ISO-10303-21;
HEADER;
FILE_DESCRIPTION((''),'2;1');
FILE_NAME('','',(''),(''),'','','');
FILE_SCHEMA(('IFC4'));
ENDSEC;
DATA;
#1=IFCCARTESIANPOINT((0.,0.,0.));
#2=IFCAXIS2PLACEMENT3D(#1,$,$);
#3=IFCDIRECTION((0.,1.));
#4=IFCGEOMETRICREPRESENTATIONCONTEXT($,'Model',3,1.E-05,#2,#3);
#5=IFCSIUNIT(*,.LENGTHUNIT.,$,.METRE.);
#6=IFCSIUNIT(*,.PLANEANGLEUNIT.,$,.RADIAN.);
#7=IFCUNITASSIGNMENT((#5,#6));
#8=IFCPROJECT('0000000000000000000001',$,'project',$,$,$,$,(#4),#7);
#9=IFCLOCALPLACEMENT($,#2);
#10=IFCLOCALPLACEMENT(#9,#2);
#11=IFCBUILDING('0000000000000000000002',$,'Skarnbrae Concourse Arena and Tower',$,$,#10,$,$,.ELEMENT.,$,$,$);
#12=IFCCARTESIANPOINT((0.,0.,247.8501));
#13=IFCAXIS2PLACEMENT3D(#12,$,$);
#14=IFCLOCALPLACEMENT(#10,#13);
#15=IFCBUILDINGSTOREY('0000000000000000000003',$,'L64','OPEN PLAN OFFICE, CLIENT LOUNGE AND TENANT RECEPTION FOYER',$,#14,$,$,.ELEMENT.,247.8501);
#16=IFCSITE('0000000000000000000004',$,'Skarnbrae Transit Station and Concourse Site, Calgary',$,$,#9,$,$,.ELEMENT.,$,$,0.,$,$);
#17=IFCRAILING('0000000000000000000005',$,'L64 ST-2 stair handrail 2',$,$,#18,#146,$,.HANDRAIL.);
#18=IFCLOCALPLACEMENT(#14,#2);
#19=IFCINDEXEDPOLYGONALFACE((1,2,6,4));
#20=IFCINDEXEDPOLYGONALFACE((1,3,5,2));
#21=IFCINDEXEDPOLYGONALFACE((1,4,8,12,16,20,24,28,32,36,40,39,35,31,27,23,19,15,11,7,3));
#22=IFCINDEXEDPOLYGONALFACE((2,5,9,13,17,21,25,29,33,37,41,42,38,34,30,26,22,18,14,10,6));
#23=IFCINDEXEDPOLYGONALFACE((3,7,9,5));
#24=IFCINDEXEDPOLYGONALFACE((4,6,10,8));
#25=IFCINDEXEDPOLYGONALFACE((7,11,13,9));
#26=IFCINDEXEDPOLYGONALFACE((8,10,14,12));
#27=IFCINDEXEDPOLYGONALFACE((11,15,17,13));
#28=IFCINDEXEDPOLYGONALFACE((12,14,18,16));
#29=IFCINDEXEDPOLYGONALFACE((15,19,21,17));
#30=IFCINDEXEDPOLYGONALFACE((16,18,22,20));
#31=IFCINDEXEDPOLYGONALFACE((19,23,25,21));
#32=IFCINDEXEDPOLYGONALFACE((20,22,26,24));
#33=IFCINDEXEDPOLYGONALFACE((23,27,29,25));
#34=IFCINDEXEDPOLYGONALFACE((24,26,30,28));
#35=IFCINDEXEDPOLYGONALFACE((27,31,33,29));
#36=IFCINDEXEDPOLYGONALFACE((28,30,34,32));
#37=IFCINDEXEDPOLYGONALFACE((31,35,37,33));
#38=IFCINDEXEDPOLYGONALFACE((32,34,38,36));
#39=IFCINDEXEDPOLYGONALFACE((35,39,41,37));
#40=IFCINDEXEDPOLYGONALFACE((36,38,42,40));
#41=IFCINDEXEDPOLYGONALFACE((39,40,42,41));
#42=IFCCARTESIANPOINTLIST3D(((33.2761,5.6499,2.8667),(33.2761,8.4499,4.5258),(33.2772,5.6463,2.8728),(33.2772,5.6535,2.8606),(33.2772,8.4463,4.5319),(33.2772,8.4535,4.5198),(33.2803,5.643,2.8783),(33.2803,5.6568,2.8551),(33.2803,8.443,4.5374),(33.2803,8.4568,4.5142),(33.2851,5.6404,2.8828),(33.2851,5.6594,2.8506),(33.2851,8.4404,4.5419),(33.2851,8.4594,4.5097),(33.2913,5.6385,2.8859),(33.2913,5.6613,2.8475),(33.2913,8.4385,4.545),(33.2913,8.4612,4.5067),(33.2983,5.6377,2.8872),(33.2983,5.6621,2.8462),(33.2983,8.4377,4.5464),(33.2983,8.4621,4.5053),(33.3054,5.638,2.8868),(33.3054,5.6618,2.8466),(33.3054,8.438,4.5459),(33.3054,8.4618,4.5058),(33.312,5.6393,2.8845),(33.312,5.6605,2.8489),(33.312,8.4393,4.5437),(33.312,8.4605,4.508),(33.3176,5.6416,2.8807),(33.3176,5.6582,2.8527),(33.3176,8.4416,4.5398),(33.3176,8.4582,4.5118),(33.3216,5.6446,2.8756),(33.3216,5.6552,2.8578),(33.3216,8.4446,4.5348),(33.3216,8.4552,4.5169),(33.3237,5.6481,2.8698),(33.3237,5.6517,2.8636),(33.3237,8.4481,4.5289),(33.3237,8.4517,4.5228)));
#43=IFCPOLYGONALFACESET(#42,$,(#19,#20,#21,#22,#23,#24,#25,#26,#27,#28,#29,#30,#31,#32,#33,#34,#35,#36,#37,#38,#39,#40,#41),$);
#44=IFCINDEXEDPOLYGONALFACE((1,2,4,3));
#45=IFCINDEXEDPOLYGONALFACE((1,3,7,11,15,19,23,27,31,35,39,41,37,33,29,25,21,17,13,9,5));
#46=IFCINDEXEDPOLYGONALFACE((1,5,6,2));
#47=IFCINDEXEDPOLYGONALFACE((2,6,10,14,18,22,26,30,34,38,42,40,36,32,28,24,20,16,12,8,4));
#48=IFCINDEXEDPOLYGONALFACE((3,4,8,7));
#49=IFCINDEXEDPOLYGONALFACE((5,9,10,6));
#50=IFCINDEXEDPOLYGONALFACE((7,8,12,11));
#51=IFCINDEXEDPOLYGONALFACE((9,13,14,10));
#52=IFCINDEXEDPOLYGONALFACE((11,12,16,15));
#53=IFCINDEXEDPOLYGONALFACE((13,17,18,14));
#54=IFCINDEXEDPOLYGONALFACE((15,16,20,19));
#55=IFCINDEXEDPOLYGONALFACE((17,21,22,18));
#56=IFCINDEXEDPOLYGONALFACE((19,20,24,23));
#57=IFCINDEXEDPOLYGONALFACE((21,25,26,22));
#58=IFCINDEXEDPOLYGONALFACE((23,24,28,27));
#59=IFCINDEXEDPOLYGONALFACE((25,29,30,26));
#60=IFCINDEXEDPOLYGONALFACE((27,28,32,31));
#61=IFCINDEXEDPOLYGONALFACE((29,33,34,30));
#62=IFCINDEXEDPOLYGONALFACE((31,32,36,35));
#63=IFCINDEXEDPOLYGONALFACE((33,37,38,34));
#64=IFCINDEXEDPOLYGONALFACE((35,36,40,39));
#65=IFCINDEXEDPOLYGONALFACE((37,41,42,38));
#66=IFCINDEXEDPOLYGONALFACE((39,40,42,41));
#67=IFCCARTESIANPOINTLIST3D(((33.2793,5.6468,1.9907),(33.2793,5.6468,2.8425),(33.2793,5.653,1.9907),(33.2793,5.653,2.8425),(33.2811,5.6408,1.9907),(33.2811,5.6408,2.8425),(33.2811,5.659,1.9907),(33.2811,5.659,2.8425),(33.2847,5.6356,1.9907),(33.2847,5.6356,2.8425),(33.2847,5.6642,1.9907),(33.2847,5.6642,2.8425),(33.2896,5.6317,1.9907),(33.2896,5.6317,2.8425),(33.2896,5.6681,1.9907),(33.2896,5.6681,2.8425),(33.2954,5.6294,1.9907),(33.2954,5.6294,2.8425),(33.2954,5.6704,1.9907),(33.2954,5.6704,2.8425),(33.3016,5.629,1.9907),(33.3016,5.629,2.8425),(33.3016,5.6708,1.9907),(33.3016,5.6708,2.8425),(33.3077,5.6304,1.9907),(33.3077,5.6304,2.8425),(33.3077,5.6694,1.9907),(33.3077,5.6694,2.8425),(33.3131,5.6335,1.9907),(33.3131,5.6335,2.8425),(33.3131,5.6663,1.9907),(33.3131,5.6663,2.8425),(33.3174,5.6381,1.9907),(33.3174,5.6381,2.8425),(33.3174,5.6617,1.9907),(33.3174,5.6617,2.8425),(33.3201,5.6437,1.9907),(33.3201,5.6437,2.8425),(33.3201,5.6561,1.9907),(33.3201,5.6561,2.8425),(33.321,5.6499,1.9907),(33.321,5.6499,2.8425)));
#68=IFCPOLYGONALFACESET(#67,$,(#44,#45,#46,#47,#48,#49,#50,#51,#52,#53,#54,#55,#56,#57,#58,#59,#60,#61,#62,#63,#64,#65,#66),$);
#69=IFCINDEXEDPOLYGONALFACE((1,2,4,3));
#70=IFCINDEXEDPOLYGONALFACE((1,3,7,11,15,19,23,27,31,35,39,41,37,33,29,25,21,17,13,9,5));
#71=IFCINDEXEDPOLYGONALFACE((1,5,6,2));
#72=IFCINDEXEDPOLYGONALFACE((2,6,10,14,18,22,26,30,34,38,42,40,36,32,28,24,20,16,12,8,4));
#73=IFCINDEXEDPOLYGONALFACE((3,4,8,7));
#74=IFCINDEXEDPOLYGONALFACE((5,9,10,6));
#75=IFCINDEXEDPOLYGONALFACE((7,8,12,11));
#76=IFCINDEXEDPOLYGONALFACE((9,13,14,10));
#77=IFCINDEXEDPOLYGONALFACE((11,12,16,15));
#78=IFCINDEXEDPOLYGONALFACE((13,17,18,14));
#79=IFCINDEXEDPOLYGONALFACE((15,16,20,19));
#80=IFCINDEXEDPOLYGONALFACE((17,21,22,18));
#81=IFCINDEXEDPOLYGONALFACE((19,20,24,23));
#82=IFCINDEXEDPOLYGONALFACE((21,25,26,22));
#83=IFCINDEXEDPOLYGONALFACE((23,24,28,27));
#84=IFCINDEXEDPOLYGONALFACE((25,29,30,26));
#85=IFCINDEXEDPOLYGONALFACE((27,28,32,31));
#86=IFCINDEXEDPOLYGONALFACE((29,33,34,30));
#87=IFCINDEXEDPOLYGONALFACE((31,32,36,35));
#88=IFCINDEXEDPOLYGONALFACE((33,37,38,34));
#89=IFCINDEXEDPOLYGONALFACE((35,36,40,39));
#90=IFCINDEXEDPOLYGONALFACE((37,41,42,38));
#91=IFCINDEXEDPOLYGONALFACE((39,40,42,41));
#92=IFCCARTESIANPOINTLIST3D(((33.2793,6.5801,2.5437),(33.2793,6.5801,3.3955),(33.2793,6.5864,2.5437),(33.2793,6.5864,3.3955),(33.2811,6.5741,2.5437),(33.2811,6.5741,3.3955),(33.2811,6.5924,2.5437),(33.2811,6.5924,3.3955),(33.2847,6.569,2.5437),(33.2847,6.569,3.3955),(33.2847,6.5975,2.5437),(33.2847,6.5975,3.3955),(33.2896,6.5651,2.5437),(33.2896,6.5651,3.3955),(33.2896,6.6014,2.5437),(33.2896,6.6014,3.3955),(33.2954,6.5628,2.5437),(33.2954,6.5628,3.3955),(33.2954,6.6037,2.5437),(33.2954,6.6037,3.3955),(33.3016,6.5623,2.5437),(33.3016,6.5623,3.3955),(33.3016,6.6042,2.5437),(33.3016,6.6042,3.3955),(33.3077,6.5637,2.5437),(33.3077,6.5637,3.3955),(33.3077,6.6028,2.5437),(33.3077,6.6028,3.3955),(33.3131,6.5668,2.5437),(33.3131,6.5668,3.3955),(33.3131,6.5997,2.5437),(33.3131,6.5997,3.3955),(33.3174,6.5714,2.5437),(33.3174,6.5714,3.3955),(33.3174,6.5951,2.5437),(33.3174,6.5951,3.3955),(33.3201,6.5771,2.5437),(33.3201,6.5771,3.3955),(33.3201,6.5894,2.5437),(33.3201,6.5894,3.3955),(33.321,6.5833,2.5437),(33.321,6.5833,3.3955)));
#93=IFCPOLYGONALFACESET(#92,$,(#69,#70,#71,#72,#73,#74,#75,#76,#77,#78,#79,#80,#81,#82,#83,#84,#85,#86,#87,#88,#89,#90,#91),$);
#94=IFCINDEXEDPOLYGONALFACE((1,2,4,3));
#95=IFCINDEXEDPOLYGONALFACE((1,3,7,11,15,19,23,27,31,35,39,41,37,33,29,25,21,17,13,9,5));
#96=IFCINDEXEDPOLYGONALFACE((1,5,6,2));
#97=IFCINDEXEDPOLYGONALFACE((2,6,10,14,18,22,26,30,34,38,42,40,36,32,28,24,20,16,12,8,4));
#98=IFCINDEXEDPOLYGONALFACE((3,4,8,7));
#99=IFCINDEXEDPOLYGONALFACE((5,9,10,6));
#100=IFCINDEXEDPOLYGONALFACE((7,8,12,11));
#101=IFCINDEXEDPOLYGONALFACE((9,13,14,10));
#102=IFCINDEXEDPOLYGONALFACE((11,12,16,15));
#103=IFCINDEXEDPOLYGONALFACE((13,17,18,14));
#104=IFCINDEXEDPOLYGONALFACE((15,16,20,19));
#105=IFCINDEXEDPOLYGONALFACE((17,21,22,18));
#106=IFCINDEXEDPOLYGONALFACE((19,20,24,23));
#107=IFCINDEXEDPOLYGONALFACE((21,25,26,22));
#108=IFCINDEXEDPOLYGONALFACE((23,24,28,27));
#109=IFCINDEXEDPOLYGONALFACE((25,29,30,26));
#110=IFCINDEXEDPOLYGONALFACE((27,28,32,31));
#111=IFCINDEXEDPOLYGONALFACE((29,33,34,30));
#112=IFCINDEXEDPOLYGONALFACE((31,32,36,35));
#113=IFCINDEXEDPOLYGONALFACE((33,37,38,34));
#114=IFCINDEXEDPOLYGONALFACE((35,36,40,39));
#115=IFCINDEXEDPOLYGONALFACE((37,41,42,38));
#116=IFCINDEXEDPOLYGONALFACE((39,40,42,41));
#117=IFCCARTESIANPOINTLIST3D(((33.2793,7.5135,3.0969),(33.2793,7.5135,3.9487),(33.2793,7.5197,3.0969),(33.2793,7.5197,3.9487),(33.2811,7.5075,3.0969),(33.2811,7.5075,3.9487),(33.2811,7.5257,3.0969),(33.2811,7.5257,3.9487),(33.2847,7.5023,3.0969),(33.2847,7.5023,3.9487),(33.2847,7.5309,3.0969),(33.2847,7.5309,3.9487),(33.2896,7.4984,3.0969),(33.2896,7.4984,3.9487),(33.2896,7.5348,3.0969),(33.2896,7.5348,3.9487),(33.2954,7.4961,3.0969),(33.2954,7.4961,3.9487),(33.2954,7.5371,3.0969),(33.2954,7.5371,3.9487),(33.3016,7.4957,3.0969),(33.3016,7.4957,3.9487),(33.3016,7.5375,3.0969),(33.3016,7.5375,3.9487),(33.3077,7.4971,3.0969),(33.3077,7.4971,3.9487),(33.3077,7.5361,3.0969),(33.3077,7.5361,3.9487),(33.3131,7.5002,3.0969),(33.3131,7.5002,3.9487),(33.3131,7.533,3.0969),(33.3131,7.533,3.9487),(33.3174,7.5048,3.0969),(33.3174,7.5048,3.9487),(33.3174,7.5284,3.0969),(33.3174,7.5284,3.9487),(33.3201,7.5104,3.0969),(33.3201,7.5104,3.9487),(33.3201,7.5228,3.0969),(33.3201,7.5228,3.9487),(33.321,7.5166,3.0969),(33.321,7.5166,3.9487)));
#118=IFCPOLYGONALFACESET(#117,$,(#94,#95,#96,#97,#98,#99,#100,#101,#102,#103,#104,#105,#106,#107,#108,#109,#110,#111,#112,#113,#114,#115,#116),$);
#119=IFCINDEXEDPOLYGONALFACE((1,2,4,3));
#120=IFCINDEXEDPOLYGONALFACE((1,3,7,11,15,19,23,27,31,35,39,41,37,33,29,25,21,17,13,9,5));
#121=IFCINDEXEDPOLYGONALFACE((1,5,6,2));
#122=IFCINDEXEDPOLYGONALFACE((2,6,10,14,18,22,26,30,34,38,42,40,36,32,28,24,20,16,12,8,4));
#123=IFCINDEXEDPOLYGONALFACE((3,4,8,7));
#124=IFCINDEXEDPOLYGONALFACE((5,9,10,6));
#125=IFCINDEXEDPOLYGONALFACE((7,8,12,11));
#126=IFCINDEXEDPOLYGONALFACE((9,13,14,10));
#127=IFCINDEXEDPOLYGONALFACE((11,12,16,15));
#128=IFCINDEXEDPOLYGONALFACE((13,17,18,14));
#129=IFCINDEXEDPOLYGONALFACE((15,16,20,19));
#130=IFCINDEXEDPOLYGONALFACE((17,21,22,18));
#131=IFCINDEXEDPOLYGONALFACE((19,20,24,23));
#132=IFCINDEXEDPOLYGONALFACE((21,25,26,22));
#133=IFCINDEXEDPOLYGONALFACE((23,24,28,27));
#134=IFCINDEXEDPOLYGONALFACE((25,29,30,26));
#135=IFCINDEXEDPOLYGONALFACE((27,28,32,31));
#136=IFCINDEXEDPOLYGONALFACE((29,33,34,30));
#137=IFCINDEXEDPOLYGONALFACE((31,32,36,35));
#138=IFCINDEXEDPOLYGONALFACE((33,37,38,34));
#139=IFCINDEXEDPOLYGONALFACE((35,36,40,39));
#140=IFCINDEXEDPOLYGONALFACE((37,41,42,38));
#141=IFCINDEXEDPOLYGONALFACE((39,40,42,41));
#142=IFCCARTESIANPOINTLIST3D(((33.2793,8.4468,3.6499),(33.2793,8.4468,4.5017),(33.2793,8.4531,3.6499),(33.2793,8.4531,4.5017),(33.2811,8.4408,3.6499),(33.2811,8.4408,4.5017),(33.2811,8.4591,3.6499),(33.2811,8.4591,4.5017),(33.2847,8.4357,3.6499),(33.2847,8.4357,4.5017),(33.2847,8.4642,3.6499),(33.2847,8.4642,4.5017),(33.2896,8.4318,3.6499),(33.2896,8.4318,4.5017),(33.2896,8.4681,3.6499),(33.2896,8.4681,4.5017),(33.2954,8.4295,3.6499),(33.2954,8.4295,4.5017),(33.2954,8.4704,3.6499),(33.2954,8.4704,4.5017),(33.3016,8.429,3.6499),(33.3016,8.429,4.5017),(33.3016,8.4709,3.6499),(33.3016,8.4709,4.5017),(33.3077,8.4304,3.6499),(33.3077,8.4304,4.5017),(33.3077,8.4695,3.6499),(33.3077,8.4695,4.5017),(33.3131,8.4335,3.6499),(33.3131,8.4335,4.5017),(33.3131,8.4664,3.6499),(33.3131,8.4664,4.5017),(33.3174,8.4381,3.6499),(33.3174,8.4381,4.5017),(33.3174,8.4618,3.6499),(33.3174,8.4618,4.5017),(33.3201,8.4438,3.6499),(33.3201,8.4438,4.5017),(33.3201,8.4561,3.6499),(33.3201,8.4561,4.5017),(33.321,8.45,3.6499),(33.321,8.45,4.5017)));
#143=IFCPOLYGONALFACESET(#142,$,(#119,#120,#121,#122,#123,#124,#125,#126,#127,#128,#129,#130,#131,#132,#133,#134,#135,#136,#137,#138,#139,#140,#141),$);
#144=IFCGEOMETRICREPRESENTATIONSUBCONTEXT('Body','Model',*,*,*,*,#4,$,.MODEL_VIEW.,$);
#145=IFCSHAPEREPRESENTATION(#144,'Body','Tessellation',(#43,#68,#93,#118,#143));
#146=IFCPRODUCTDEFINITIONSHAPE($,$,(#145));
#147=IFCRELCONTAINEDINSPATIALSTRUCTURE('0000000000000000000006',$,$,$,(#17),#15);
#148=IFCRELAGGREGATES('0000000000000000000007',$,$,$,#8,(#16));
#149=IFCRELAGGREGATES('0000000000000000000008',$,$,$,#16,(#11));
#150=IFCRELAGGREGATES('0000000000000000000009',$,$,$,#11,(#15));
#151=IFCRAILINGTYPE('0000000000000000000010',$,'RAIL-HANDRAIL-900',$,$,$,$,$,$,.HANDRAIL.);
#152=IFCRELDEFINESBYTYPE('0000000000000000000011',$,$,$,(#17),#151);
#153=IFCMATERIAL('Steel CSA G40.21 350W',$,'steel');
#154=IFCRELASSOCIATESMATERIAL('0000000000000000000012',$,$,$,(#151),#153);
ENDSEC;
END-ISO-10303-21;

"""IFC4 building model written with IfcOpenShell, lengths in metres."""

from ifc_helpers import new_model, si_unit, direction, frame, origin, origin_2d, place, context, subcontext, project, spatial, circle, extrude, material, type_object, element, save


model = new_model("IFC4")

# Units and contexts
model_context = context("Model", 3, precision=1e-05, world=origin(), true_north=direction((0.0, 1.0)))
body_context = subcontext(model_context, "Body", "Model", "MODEL_VIEW")
ifc_project = project(units=[si_unit("LENGTHUNIT", "METRE"), si_unit("PLANEANGLEUNIT", "RADIAN")], contexts=[model_context])

# Site, building, storey
site_placement = place(None, origin())
site = spatial("IfcSite", under=ifc_project, at=site_placement, Name="Skarnbrae Transit Station and Concourse Site, Calgary", CompositionType="ELEMENT", RefElevation=0.0)
building_placement = place(site_placement, origin())
building = spatial("IfcBuilding", under=site, at=building_placement, Name="Skarnbrae Concourse Arena and Tower", CompositionType="ELEMENT")
storey_placement = place(building_placement, frame((0.0, 0.0, 247.8501)))
storey = spatial("IfcBuildingStorey", under=building, at=storey_placement, Name="L64", Description="OPEN PLAN OFFICE, CLIENT LOUNGE AND TENANT RECEPTION FOYER", CompositionType="ELEMENT", Elevation=247.8501)

# Shared definitions
ifc_material_1 = material(Name="Steel CSA G40.21 350W", Category="steel")

# Railing
railing_type_1 = type_object("IfcRailingType", Name="RAIL-HANDRAIL-900", PredefinedType="HANDRAIL", material=ifc_material_1)
railing_1_placement = place(storey_placement, frame((33.3, 5.6499, 1.9907)))
element("IfcRailing", 1, at=railing_1_placement, inside=storey, type_object=railing_type_1, Name="L64 ST-2 stair handrail 2", PredefinedType="HANDRAIL", context=body_context, shape_type="SweptSolid", body=[
    extrude(circle(Radius=0.0239, at=origin_2d()), frame((0.0, 0.0, 0.876), z_axis=(0.0, 0.860306, 0.509778), x_axis=(-1.0, 0.0, 0.0)), (0.0, 0.0, 1.0), 3.2546),
    extrude(circle(Radius=0.021, at=origin_2d()), origin(), (0.0, 0.0, 1.0), 0.8518),
    extrude(circle(Radius=0.021, at=origin_2d()), frame((0.0, 0.9333, 0.553)), (0.0, 0.0, 1.0), 0.8518),
    extrude(circle(Radius=0.021, at=origin_2d()), frame((0.0, 1.8667, 1.1062)), (0.0, 0.0, 1.0), 0.8518),
    extrude(circle(Radius=0.021, at=origin_2d()), frame((0.0, 2.8, 1.6592)), (0.0, 0.0, 1.0), 0.8518),
])

save(model, "model.ifc")
